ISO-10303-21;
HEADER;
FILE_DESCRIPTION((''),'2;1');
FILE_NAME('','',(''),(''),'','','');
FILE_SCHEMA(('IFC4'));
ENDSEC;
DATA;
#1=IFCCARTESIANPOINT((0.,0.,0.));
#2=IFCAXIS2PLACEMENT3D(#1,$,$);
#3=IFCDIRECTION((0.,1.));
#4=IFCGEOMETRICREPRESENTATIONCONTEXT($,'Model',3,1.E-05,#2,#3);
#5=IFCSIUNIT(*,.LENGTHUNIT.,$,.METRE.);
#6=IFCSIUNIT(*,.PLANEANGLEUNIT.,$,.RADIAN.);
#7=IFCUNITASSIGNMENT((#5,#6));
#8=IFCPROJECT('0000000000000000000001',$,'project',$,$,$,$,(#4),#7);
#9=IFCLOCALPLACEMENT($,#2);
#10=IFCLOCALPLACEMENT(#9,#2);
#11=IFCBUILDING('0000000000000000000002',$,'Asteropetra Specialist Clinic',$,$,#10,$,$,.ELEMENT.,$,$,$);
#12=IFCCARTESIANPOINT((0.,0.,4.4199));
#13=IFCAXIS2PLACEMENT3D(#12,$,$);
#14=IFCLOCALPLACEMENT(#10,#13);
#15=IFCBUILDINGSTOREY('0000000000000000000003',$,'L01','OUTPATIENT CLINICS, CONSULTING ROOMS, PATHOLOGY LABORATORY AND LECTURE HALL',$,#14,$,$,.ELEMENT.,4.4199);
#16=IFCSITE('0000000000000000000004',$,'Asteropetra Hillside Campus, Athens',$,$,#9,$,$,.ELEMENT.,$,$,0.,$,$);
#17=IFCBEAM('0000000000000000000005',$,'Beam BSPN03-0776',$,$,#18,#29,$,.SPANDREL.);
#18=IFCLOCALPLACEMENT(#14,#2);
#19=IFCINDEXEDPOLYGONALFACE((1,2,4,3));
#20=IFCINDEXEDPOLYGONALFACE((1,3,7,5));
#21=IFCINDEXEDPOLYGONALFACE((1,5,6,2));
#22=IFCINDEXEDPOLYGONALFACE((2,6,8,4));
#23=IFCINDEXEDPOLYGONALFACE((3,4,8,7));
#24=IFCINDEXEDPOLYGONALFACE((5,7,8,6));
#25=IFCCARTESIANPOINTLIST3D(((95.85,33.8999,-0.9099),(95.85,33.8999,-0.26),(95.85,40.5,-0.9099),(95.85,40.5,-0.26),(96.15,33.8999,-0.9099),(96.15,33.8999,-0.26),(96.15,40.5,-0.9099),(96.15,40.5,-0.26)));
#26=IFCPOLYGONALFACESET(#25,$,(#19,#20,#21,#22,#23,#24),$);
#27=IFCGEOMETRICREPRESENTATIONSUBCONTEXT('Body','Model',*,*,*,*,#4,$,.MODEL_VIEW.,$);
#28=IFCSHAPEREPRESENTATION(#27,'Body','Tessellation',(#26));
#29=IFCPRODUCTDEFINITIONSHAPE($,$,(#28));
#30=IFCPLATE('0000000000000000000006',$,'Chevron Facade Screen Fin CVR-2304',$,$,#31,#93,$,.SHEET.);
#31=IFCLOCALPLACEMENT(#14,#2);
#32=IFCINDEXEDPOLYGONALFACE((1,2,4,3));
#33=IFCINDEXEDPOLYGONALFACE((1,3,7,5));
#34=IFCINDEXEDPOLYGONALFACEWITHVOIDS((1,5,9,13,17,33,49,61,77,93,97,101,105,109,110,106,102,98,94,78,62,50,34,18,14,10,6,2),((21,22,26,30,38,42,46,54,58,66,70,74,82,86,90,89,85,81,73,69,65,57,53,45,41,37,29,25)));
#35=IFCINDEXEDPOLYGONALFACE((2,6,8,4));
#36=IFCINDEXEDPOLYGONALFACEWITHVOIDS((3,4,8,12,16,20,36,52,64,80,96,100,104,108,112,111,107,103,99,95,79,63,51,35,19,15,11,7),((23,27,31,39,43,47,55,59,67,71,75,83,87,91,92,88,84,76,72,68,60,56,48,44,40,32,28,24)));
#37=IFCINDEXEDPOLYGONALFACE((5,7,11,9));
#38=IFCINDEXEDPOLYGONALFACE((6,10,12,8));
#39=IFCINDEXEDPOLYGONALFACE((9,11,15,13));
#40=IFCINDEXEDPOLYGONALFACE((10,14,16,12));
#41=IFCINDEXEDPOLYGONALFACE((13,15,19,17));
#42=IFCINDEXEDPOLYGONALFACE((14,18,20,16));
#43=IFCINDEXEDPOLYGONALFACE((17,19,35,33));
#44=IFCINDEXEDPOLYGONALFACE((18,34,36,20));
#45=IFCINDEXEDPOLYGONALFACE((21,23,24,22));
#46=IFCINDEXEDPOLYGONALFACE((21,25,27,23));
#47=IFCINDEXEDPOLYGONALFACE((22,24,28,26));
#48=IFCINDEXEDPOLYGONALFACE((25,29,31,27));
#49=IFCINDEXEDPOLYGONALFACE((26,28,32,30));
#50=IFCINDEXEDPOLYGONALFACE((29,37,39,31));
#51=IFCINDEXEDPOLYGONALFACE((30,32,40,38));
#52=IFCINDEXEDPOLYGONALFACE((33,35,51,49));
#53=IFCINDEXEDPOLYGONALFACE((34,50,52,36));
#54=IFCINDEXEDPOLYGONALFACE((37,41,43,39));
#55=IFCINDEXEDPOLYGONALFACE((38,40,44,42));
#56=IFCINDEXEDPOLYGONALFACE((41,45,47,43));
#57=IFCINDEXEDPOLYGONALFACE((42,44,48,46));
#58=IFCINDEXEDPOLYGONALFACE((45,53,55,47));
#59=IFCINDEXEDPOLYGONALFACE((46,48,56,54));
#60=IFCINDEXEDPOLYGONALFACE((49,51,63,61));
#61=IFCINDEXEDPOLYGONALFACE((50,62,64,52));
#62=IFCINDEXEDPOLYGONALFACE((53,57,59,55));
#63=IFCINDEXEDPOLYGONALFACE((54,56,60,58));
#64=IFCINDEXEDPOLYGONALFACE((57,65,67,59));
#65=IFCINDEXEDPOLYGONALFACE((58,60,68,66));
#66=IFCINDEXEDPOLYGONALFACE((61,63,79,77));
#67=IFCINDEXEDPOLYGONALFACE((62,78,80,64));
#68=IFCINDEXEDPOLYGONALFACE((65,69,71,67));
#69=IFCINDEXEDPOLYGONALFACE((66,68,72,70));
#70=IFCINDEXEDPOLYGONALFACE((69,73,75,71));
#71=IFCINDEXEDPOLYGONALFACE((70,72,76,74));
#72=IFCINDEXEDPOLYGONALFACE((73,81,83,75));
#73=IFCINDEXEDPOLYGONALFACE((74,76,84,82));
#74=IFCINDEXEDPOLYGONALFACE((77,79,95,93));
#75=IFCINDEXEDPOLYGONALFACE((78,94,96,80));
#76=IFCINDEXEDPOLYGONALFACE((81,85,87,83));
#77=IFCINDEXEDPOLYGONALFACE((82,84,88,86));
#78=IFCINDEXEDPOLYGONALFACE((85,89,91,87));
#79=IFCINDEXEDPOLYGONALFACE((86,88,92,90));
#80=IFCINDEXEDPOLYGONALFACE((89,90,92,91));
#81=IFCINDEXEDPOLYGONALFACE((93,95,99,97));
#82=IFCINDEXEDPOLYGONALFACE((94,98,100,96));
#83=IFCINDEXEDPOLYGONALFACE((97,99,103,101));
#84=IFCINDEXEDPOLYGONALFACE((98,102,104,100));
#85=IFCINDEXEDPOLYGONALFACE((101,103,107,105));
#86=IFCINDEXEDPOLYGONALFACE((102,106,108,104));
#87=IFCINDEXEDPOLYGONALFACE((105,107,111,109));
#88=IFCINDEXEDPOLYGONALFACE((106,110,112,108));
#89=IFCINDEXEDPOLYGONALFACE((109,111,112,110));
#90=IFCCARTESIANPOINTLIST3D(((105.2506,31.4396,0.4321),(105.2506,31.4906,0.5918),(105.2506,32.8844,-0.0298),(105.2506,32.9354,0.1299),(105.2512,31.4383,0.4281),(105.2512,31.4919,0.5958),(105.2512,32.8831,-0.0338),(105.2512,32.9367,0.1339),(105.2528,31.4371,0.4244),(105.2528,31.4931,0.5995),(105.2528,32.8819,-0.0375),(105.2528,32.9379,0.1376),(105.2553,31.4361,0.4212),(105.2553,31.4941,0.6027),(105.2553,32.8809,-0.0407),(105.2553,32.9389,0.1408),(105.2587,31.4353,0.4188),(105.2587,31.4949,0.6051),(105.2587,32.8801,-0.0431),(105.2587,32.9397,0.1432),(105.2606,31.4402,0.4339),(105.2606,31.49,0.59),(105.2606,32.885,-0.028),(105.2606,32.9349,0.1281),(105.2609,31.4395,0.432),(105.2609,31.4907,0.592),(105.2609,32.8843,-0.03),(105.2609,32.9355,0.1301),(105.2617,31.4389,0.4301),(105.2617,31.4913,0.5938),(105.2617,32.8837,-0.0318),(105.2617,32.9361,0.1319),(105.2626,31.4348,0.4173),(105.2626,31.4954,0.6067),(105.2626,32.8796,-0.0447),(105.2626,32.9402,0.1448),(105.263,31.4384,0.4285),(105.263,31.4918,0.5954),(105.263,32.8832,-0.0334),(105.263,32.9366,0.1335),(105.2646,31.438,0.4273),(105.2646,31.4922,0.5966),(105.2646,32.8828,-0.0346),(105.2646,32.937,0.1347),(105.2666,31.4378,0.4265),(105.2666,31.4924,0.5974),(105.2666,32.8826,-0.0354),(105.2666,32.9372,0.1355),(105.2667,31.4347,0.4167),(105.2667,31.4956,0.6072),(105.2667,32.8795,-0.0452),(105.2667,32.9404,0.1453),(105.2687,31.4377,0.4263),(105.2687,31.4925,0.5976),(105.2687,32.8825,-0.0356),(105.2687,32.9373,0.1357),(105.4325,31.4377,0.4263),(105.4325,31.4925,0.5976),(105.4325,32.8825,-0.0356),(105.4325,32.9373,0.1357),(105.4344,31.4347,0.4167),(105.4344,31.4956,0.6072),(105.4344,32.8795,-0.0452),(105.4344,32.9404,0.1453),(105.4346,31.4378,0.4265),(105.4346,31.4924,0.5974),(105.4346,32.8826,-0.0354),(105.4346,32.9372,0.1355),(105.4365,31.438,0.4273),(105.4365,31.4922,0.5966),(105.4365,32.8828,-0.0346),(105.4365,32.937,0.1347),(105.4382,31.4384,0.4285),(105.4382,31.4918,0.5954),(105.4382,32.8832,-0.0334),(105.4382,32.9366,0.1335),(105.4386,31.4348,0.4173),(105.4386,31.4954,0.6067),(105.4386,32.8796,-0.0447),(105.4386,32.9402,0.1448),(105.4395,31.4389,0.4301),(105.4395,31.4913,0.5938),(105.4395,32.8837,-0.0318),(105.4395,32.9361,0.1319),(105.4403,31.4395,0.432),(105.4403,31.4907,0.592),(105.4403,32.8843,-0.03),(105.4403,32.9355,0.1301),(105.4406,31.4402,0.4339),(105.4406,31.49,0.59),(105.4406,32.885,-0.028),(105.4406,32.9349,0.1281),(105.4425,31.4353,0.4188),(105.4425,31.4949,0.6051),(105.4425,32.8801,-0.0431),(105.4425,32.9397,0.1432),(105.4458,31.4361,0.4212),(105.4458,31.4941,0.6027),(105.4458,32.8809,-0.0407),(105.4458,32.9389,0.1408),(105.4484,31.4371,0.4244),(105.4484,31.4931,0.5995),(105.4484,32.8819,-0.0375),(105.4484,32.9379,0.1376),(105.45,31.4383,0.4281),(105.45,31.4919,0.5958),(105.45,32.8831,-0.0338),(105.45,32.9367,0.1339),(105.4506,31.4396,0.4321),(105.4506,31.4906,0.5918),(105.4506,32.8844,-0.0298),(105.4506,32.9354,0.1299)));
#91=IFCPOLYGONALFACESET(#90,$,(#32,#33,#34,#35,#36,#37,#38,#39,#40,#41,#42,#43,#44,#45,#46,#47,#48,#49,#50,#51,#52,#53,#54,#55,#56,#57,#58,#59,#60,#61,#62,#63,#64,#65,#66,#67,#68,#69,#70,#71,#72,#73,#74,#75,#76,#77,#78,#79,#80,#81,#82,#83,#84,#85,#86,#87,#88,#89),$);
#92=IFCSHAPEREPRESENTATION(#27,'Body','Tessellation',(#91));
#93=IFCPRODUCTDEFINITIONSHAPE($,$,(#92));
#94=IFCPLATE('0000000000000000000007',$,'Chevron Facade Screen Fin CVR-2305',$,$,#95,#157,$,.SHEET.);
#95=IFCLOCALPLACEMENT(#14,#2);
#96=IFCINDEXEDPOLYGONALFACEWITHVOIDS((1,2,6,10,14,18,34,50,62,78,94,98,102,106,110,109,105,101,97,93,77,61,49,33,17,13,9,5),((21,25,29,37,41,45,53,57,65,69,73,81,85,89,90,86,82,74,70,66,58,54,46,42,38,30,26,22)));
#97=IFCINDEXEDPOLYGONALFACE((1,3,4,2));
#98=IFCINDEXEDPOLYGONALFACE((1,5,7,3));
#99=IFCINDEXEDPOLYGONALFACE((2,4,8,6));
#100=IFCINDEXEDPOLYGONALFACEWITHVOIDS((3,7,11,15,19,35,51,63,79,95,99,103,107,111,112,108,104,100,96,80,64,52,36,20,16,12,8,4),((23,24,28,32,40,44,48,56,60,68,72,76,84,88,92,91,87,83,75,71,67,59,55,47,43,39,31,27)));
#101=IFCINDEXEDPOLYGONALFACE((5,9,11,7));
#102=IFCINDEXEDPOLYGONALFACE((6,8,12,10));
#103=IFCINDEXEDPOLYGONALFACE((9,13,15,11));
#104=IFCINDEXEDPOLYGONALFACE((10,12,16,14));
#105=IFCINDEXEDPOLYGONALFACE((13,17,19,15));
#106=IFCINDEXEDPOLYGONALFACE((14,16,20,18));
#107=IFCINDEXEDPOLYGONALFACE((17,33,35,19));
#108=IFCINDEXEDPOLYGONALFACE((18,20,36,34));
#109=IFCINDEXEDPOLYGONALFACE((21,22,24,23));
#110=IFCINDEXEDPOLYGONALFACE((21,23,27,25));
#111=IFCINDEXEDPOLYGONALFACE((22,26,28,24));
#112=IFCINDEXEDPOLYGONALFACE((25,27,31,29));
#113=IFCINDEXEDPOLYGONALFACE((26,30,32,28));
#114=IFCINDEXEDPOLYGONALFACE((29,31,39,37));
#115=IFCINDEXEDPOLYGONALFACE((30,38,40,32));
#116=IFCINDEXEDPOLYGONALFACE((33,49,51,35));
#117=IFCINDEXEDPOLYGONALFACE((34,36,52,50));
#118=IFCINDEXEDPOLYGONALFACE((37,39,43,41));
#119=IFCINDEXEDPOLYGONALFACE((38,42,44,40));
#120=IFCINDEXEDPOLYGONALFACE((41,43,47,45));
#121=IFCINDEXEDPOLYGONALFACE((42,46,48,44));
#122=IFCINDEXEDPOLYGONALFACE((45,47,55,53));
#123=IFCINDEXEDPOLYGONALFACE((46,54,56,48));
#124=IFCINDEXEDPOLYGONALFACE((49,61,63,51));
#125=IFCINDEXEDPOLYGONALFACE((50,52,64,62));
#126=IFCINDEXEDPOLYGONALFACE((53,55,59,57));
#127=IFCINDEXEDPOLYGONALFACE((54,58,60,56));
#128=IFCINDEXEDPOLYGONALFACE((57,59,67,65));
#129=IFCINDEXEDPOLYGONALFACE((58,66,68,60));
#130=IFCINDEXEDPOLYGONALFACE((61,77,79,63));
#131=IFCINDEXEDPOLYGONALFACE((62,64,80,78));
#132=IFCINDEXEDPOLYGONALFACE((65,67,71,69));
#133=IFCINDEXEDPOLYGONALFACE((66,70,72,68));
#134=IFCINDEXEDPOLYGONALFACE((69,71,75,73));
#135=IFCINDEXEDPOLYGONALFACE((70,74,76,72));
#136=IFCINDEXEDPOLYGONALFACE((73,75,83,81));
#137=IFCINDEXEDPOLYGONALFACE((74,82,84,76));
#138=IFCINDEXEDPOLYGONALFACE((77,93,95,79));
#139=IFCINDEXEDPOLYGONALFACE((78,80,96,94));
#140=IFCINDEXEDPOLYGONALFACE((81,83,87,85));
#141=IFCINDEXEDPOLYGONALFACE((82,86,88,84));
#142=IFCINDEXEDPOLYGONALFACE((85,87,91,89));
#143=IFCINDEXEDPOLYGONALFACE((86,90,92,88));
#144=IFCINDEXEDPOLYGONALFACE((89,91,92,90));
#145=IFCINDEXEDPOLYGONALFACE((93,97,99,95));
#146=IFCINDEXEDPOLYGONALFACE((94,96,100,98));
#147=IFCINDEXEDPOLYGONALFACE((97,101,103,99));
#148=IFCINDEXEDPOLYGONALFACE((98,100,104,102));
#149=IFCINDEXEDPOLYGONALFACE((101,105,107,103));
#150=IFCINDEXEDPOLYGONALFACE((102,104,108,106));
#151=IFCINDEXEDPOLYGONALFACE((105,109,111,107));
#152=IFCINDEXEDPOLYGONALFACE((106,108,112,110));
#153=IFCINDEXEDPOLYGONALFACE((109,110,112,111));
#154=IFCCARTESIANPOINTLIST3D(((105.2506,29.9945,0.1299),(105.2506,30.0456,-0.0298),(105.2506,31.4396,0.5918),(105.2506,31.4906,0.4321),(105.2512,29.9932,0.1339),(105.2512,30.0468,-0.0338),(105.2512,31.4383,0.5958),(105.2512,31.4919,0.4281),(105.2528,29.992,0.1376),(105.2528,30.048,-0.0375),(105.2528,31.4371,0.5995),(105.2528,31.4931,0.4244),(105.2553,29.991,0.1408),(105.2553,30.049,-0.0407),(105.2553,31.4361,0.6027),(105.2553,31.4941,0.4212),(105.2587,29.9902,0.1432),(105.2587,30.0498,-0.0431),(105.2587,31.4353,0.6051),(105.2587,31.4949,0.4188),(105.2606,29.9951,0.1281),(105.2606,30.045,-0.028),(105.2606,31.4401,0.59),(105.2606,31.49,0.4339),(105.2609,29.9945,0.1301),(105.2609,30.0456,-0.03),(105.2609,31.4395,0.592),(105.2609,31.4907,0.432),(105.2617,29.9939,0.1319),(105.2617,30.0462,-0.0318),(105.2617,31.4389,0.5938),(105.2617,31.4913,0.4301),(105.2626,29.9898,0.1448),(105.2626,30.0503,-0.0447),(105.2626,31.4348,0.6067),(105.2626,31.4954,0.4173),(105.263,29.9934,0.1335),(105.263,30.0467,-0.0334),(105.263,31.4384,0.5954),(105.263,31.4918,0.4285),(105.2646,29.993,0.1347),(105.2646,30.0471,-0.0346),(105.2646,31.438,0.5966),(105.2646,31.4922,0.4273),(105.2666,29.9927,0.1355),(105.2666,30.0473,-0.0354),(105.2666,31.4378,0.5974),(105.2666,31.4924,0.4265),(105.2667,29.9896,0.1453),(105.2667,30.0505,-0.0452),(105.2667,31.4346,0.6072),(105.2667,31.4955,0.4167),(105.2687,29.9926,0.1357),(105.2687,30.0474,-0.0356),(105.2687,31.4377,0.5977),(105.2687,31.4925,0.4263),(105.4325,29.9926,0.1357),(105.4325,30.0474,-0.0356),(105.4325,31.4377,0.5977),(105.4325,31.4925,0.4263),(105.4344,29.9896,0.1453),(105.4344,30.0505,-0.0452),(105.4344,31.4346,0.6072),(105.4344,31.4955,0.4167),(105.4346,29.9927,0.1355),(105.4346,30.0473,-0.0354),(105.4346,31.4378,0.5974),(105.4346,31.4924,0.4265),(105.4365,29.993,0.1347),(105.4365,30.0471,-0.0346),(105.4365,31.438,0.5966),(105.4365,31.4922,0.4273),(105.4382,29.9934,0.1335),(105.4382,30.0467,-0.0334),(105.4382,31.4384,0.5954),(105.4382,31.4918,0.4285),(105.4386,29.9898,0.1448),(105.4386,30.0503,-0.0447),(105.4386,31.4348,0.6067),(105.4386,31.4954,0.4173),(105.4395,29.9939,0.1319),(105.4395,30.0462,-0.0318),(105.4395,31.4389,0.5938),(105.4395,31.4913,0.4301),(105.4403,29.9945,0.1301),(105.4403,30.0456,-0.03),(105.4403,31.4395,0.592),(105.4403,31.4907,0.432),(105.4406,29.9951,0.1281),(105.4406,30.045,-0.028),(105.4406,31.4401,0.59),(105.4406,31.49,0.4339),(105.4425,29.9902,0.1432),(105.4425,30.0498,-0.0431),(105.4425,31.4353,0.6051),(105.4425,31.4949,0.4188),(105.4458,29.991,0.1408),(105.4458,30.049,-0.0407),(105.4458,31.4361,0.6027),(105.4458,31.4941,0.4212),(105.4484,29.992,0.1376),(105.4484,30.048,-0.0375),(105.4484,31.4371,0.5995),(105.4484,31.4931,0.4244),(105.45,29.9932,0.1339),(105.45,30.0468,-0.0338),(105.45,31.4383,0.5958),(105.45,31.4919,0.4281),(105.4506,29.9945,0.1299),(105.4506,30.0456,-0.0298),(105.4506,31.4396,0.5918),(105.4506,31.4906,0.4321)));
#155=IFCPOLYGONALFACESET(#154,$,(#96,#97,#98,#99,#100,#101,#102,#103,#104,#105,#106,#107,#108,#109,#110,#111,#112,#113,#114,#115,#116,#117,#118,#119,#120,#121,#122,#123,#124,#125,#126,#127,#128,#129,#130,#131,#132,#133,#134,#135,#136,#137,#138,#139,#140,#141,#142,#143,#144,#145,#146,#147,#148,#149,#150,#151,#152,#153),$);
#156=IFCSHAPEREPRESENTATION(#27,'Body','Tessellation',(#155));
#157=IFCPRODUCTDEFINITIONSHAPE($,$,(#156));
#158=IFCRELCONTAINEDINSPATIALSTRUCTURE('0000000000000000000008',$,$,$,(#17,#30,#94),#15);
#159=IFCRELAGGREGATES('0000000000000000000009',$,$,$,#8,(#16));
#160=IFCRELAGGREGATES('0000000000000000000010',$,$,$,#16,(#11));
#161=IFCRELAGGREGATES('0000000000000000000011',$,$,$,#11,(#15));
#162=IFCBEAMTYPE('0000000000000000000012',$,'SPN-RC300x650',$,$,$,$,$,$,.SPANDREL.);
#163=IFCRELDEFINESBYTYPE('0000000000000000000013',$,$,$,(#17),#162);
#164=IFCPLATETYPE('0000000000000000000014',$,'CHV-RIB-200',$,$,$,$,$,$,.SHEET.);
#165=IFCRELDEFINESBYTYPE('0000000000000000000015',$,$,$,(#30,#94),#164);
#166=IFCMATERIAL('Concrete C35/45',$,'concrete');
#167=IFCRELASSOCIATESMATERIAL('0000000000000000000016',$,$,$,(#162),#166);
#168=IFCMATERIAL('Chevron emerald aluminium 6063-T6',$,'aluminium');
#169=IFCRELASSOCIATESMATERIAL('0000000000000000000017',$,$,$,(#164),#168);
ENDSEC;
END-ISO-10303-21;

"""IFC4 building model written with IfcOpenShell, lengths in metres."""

from ifc_helpers import new_model, si_unit, direction, frame, origin, origin_2d, place, context, subcontext, project, spatial, rectangle, hollow_rectangle, extrude, material, material_profile, profile_set, type_object, element, save


model = new_model("IFC4")

# Units and contexts
model_context = context("Model", 3, precision=1e-05, world=origin(), true_north=direction((0.0, 1.0)))
body_context = subcontext(model_context, "Body", "Model", "MODEL_VIEW")
ifc_project = project(units=[si_unit("LENGTHUNIT", "METRE"), si_unit("PLANEANGLEUNIT", "RADIAN")], contexts=[model_context])

# Site, building, storey
site_placement = place(None, origin())
site = spatial("IfcSite", under=ifc_project, at=site_placement, Name="Asteropetra Hillside Campus, Athens", CompositionType="ELEMENT", RefElevation=0.0)
building_placement = place(site_placement, origin())
building = spatial("IfcBuilding", under=site, at=building_placement, Name="Asteropetra Specialist Clinic", CompositionType="ELEMENT")
storey_placement = place(building_placement, frame((0.0, 0.0, 4.4199)))
storey = spatial("IfcBuildingStorey", under=building, at=storey_placement, Name="L01", Description="OUTPATIENT CLINICS, CONSULTING ROOMS, PATHOLOGY LABORATORY AND LECTURE HALL", CompositionType="ELEMENT", Elevation=4.4199)

# Beam
ifc_material_1 = material(Name="Concrete C35/45", Category="concrete")
ifc_material_profile_1 = material_profile(ifc_material_1, rectangle(XDim=0.3, YDim=0.6499, at=origin_2d()), Name="RCS 300x650")
ifc_profile_set_1 = profile_set([ifc_material_profile_1], Name="Concrete C35/45")
beam_type = type_object("IfcBeamType", Name="SPN-RC300x650", PredefinedType="SPANDREL", material=ifc_profile_set_1)
beam_placement = place(storey_placement, frame((96.0, 33.8999, -0.585), z_axis=(0.0, 1.0, 0.0), x_axis=(-1.0, 0.0, 0.0)))
element("IfcBeam", 1, at=beam_placement, inside=storey, type_object=beam_type, Name="Beam BSPN03-0776", PredefinedType="SPANDREL", context=body_context, shape_type="SweptSolid", body=[
    extrude(rectangle(XDim=0.3, YDim=0.6499, at=origin_2d()), origin(), (0.0, 0.0, 1.0), 6.6001),
])

# Plates
ifc_material_2 = material(Name="Chevron emerald aluminium 6063-T6", Category="aluminium")
ifc_material_profile_2 = material_profile(ifc_material_2, hollow_rectangle(XDim=0.2, YDim=0.2, WallThickness=0.01, InnerFilletRadius=0.0081, OuterFilletRadius=0.0161, at=origin_2d()), Name="SHS 200x200x10.0")
ifc_profile_set_2 = profile_set([ifc_material_profile_2], Name="Chevron emerald aluminium 6063-T6")
plate_type = type_object("IfcPlateType", Name="CHV-RIB-200", PredefinedType="SHEET", material=ifc_profile_set_2)
plate_1_placement = place(storey_placement, frame((105.3506, 32.9099, 0.05), z_axis=(0.0, -0.952506, 0.304519), x_axis=(1.0, 0.0, 0.0)))
element("IfcPlate", 2, at=plate_1_placement, inside=storey, type_object=plate_type, Name="Chevron Facade Screen Fin CVR-2304", PredefinedType="SHEET", context=body_context, shape_type="SweptSolid", body=[
    extrude(hollow_rectangle(XDim=0.2, YDim=0.2, WallThickness=0.01, InnerFilletRadius=0.0081, OuterFilletRadius=0.0161, at=origin_2d()), origin(), (0.0, 0.0, 1.0), 1.5168),
])
plate_2_placement = place(storey_placement, frame((105.3506, 31.4651, 0.512), z_axis=(0.0, -0.952521, -0.304472), x_axis=(1.0, 0.0, 0.0)))
element("IfcPlate", 3, at=plate_2_placement, inside=storey, type_object=plate_type, Name="Chevron Facade Screen Fin CVR-2305", PredefinedType="SHEET", context=body_context, shape_type="SweptSolid", body=[
    extrude(hollow_rectangle(XDim=0.2, YDim=0.2, WallThickness=0.01, InnerFilletRadius=0.0081, OuterFilletRadius=0.0161, at=origin_2d()), origin(), (0.0, 0.0, 1.0), 1.5171),
])

save(model, "model.ifc")
